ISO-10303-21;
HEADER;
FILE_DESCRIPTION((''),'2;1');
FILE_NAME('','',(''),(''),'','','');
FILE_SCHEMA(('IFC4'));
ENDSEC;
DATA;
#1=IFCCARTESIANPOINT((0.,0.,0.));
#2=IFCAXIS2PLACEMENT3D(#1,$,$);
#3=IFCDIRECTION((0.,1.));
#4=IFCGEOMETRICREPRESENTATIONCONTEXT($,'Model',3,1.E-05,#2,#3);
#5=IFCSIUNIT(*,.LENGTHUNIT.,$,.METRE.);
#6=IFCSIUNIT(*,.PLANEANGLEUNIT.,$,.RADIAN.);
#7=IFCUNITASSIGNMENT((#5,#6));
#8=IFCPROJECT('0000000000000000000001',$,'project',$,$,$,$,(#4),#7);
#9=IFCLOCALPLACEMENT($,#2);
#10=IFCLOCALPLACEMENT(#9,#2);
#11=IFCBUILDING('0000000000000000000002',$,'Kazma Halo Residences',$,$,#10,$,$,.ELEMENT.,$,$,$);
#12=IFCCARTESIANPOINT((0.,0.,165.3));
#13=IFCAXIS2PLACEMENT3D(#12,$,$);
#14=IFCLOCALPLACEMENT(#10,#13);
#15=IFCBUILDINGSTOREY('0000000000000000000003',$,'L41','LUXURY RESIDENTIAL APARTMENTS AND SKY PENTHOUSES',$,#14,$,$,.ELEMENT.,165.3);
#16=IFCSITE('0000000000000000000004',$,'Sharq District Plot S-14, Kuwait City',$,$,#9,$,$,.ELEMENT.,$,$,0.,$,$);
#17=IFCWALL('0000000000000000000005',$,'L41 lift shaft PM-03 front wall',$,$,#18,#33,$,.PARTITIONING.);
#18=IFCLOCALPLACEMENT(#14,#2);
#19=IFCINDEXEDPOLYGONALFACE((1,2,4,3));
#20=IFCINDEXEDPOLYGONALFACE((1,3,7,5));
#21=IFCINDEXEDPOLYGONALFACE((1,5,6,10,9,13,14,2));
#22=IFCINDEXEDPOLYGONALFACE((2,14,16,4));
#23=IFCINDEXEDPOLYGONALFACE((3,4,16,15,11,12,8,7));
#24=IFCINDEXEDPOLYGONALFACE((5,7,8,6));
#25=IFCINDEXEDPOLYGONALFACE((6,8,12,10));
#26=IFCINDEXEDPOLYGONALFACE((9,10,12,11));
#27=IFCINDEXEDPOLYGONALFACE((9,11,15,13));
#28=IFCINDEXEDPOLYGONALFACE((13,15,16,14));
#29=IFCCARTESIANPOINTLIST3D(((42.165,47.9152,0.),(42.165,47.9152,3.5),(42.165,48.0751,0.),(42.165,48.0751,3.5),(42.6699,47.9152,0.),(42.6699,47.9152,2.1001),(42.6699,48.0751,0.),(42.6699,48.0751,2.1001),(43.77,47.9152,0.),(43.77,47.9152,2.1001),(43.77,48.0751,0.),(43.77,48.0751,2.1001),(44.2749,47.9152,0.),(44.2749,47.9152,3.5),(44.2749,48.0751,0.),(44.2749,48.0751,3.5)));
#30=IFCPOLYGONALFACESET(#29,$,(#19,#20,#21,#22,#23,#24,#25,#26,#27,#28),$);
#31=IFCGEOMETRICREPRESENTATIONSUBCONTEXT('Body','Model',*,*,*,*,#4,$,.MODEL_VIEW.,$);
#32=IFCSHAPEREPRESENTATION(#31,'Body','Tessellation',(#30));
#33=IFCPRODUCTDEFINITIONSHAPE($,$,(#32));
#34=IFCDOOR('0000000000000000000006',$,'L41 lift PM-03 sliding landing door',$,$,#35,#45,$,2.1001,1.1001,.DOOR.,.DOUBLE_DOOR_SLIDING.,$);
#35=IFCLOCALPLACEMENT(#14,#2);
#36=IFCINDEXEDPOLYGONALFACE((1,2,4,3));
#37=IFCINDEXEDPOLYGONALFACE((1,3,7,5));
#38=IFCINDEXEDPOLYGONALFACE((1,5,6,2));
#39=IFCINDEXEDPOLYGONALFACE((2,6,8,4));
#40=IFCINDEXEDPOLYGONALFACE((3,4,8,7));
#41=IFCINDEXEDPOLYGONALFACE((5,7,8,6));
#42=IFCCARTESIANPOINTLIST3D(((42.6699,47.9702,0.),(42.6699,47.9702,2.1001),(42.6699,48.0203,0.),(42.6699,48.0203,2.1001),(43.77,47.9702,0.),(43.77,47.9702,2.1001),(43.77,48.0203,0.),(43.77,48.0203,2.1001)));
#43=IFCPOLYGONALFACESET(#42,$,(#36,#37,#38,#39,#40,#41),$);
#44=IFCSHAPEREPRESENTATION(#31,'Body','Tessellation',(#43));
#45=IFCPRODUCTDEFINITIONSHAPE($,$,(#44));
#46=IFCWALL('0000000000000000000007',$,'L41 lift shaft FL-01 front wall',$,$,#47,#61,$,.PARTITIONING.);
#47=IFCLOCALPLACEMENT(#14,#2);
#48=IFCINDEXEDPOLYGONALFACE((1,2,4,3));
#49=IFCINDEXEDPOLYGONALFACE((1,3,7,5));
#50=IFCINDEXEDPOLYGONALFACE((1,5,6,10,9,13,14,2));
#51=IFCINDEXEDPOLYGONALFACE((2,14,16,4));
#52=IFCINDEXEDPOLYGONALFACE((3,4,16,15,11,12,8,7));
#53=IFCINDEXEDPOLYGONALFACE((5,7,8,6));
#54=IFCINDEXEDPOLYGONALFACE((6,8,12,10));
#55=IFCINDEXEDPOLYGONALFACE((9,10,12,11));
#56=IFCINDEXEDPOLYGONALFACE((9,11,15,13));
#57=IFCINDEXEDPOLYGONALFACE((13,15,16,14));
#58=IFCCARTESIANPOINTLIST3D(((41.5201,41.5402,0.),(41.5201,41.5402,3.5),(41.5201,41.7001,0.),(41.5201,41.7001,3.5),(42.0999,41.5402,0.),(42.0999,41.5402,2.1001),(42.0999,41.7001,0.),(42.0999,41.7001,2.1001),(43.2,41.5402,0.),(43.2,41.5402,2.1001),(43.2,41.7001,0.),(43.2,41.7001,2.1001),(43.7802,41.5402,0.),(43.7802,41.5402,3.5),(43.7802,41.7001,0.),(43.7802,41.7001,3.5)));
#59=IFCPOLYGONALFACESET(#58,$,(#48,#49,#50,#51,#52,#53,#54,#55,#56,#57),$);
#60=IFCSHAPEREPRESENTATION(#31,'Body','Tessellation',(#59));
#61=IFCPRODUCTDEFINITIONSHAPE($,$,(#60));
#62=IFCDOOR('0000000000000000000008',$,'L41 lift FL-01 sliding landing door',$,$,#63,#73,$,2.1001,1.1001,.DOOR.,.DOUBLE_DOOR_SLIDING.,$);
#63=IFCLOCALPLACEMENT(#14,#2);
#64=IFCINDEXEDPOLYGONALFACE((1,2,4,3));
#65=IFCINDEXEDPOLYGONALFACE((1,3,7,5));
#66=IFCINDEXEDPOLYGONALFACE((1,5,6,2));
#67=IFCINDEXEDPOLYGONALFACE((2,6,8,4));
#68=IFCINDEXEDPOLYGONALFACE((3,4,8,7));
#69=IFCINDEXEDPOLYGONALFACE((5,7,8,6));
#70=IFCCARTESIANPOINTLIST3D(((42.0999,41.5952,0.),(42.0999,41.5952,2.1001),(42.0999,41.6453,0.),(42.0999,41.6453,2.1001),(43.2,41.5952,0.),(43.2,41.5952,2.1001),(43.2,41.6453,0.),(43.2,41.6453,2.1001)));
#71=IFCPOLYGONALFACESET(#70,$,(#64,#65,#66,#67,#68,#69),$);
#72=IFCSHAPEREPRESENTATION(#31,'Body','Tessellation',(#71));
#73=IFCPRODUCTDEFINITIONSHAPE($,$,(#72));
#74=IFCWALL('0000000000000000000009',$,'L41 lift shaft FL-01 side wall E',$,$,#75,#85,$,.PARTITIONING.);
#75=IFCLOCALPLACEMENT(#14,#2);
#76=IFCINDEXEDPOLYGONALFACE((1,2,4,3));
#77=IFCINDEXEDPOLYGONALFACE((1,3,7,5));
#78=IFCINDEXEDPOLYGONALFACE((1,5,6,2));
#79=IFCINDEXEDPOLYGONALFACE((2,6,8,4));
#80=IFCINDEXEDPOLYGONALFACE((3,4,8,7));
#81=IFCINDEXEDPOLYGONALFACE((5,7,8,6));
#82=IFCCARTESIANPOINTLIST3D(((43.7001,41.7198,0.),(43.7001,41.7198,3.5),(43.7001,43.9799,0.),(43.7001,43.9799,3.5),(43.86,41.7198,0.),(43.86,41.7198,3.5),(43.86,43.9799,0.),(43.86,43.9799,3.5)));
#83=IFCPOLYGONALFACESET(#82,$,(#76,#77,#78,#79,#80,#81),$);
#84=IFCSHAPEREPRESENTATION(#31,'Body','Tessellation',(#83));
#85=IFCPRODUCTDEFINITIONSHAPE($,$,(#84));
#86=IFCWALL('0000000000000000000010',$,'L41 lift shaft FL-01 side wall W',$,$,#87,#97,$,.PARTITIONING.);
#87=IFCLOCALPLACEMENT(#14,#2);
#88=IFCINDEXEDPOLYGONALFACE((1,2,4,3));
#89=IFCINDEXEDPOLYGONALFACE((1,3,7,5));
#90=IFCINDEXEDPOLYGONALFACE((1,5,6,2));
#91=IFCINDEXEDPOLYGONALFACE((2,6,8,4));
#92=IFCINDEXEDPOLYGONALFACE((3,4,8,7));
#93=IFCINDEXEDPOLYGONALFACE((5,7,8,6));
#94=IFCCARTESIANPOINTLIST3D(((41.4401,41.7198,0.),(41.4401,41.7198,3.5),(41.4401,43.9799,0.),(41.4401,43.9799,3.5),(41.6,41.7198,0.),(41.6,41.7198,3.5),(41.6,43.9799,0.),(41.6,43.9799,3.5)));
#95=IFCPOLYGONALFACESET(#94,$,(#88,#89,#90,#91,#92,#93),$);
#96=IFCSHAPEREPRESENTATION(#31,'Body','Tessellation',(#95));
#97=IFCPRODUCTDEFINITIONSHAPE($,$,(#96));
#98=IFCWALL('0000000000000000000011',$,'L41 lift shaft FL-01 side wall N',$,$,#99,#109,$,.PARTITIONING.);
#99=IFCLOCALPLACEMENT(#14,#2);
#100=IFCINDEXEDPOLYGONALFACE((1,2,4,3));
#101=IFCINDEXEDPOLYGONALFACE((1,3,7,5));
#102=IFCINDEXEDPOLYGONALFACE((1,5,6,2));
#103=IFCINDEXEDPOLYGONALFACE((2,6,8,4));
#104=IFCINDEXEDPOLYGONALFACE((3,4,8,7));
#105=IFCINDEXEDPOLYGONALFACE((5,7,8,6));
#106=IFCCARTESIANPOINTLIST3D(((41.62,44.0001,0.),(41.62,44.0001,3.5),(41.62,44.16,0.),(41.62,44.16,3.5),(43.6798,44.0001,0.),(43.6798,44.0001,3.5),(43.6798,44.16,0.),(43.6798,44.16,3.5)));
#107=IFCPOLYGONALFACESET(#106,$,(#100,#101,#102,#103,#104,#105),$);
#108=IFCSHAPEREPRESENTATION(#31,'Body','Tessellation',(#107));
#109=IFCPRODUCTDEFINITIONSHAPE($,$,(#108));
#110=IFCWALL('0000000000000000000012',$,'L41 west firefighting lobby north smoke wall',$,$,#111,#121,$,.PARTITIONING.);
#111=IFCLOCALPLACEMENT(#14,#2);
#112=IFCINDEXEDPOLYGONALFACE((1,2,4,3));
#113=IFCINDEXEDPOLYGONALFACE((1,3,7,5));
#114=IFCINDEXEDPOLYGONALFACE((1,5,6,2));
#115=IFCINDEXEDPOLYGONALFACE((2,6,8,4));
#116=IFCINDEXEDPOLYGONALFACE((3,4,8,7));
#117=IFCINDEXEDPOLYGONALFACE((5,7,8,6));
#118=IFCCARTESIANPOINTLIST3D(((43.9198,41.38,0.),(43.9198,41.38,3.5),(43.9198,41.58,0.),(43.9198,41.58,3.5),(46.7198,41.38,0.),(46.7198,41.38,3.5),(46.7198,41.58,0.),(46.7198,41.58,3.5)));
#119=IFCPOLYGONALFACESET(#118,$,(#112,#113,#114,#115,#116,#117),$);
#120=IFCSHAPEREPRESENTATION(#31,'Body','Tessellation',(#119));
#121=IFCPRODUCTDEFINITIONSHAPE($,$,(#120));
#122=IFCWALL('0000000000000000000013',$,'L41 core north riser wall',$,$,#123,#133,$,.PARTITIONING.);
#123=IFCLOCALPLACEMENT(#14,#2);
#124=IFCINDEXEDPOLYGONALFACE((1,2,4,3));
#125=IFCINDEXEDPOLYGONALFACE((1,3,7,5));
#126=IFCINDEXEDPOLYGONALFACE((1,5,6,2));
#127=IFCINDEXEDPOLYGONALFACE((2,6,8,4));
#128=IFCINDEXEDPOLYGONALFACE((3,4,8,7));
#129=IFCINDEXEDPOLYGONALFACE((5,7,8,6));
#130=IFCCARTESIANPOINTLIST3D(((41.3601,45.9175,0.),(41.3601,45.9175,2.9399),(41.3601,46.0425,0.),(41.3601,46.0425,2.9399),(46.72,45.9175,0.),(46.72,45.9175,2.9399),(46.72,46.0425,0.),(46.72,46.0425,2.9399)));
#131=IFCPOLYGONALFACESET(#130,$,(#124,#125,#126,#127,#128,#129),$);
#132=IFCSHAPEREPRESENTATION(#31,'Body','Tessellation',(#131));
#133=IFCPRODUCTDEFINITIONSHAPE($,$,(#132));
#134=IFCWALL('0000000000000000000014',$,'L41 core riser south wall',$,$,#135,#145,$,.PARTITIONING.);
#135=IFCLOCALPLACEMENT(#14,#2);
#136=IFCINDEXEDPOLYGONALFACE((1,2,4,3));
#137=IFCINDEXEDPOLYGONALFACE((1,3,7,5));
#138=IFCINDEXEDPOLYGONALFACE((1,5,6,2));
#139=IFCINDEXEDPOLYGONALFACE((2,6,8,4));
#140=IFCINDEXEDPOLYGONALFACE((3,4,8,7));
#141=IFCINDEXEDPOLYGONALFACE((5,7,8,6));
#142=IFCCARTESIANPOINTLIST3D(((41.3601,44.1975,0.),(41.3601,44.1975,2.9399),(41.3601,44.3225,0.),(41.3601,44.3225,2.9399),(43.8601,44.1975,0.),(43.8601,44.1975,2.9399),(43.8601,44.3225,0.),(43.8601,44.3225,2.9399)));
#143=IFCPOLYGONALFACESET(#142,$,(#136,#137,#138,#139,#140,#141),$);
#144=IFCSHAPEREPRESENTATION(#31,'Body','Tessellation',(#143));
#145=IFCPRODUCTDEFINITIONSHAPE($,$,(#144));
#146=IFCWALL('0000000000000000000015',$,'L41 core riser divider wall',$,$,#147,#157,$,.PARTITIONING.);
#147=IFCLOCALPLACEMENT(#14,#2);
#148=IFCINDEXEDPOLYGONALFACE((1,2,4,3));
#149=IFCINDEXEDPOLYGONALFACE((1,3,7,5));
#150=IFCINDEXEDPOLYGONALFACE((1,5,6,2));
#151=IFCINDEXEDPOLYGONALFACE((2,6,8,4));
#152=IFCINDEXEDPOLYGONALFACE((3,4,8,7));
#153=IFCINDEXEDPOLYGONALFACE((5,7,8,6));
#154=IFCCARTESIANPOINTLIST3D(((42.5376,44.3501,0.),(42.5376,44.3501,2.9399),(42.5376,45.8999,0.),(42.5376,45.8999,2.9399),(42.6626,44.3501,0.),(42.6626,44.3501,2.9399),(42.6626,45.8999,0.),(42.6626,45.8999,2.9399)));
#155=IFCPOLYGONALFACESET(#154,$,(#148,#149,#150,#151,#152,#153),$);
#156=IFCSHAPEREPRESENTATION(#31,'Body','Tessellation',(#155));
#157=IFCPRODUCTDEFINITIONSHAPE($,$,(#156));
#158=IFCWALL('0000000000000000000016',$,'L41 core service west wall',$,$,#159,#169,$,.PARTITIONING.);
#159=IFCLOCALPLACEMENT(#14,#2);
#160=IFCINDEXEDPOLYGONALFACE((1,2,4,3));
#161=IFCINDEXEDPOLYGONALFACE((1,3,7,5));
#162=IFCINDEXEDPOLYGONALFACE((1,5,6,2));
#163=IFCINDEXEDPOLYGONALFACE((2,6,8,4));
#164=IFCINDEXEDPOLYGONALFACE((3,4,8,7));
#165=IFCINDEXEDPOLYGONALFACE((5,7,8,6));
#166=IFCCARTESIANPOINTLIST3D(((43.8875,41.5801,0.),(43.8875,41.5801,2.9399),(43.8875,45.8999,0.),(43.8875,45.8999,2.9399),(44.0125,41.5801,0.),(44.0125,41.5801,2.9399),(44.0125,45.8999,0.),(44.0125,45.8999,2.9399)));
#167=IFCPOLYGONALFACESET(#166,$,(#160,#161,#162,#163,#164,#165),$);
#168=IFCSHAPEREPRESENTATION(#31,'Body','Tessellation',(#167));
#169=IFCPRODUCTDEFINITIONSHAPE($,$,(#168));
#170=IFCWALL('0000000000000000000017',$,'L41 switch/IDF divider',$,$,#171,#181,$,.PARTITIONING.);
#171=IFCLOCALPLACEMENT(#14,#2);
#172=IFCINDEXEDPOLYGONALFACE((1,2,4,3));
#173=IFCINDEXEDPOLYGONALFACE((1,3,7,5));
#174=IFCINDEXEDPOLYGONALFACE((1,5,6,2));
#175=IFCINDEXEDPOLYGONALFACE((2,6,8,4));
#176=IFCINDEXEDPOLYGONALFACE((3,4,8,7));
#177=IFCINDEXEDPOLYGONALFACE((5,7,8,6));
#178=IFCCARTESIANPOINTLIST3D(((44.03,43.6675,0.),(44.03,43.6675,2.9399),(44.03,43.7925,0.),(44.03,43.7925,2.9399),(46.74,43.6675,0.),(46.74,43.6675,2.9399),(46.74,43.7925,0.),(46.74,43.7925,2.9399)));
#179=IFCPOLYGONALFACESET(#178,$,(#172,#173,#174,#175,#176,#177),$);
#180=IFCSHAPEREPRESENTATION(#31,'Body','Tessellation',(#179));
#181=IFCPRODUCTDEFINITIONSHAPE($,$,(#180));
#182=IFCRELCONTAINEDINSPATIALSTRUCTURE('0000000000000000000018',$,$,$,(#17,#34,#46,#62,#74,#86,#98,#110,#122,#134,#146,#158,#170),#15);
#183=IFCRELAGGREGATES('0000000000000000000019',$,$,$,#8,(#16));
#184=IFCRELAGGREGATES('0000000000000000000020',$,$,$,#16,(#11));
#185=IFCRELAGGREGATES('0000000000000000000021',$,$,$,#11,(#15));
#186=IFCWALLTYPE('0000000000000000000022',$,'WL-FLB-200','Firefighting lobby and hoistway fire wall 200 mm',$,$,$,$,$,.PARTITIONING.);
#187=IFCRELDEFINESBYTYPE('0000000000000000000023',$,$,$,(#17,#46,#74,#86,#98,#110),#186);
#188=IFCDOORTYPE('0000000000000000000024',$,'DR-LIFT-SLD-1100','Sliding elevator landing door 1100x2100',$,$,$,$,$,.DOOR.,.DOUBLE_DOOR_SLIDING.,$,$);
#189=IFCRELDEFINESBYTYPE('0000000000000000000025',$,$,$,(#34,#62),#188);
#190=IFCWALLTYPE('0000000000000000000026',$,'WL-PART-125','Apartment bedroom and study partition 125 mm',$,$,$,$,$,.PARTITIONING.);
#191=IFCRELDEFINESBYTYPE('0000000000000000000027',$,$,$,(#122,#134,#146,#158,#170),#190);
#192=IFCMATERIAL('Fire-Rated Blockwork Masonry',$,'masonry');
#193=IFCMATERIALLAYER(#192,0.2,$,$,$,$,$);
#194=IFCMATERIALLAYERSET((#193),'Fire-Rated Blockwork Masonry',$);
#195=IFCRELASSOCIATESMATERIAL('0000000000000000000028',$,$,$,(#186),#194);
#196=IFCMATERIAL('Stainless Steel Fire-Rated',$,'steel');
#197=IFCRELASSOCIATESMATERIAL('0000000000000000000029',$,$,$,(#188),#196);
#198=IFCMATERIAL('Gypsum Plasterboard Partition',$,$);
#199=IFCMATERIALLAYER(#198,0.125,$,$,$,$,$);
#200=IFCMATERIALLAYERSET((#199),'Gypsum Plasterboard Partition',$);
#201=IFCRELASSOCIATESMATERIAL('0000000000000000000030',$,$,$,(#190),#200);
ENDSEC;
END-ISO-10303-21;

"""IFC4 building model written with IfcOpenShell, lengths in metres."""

from ifc_helpers import new_model, si_unit, direction, frame, frame_2d, origin, place, context, subcontext, project, spatial, rectangle, extrude, material, layer, layer_set, type_object, element, fill, save


model = new_model("IFC4")

# Units and contexts
model_context = context("Model", 3, precision=1e-05, world=origin(), true_north=direction((0.0, 1.0)))
body_context = subcontext(model_context, "Body", "Model", "MODEL_VIEW")
ifc_project = project(units=[si_unit("LENGTHUNIT", "METRE"), si_unit("PLANEANGLEUNIT", "RADIAN")], contexts=[model_context])

# Site, building, storey
site_placement = place(None, origin())
site = spatial("IfcSite", under=ifc_project, at=site_placement, Name="Sharq District Plot S-14, Kuwait City", CompositionType="ELEMENT", RefElevation=0.0)
building_placement = place(site_placement, origin())
building = spatial("IfcBuilding", under=site, at=building_placement, Name="Kazma Halo Residences", CompositionType="ELEMENT")
storey_placement = place(building_placement, frame((0.0, 0.0, 165.3)))
storey = spatial("IfcBuildingStorey", under=building, at=storey_placement, Name="L41", Description="LUXURY RESIDENTIAL APARTMENTS AND SKY PENTHOUSES", CompositionType="ELEMENT", Elevation=165.3)

# Shared definitions
ifc_material_1 = material(Name="Fire-Rated Blockwork Masonry", Category="masonry")
ifc_layer_1 = layer(ifc_material_1, 0.2)
ifc_layer_set_1 = layer_set([ifc_layer_1], Name="Fire-Rated Blockwork Masonry")
wall_type_1 = type_object("IfcWallType", Name="WL-FLB-200", Description="Firefighting lobby and hoistway fire wall 200 mm", PredefinedType="PARTITIONING", material=ifc_layer_set_1)
ifc_material_2 = material(Name="Stainless Steel Fire-Rated", Category="steel")
door_type = type_object("IfcDoorType", Name="DR-LIFT-SLD-1100", Description="Sliding elevator landing door 1100x2100", OperationType="DOUBLE_DOOR_SLIDING", PredefinedType="DOOR", material=ifc_material_2)

# Walls, openings, doors
wall_1_placement = place(storey_placement, frame((44.2749, 47.9951, 0.0), z_axis=(0.0, 0.0, 1.0), x_axis=(-1.0, 0.0, 0.0)))
wall_1 = element("IfcWall", 1, at=wall_1_placement, inside=storey, type_object=wall_type_1, Name="L41 lift shaft PM-03 front wall", PredefinedType="PARTITIONING", context=body_context, shape_type="SweptSolid", body=[
    extrude(rectangle(XDim=2.1099, YDim=0.1599, at=frame_2d((1.0549, 0.0))), origin(), (0.0, 0.0, 1.0), 3.5),
])
opening_1_placement = place(wall_1_placement, frame((0.5049, 0.0, 0.0)))
opening_1 = element("IfcOpeningElement", 2, at=opening_1_placement, cuts=wall_1, PredefinedType="OPENING", context=body_context, shape_type="SweptSolid", body=[
    extrude(rectangle(XDim=1.1001, YDim=2.1001, at=frame_2d((0.55, 1.05))), frame((0.0, 0.0898, 0.0), z_axis=(0.0, -1.0, 0.0), x_axis=(1.0, 0.0, 0.0)), (0.0, 0.0, 1.0), 0.1799),
])
door_1_placement = place(opening_1_placement, origin())
door_1 = element("IfcDoor", 3, at=door_1_placement, inside=storey, type_object=door_type, Name="L41 lift PM-03 sliding landing door", OperationType="DOUBLE_DOOR_SLIDING", OverallHeight=2.1001, OverallWidth=1.1001, PredefinedType="DOOR", context=body_context, shape_type="SweptSolid", body=[
    extrude(rectangle(XDim=1.1001, YDim=2.1001, at=frame_2d((0.55, 1.05))), frame((0.0, 0.0249, 0.0), z_axis=(0.0, -1.0, 0.0), x_axis=(1.0, 0.0, 0.0)), (0.0, 0.0, 1.0), 0.05),
])
fill(opening_1, door_1)
wall_2_placement = place(storey_placement, frame((43.78, 41.6201, 0.0), z_axis=(0.0, 0.0, 1.0), x_axis=(-1.0, 0.0, 0.0)))
wall_2 = element("IfcWall", 4, at=wall_2_placement, inside=storey, type_object=wall_type_1, Name="L41 lift shaft FL-01 front wall", PredefinedType="PARTITIONING", context=body_context, shape_type="SweptSolid", body=[
    extrude(rectangle(XDim=2.26, YDim=0.1599, at=frame_2d((1.1299, 0.0))), origin(), (0.0, 0.0, 1.0), 3.5),
])
opening_2_placement = place(wall_2_placement, frame((0.5801, 0.0, 0.0)))
opening_2 = element("IfcOpeningElement", 5, at=opening_2_placement, cuts=wall_2, PredefinedType="OPENING", context=body_context, shape_type="SweptSolid", body=[
    extrude(rectangle(XDim=1.1001, YDim=2.1001, at=frame_2d((0.55, 1.05))), frame((0.0, 0.0898, 0.0), z_axis=(0.0, -1.0, 0.0), x_axis=(1.0, 0.0, 0.0)), (0.0, 0.0, 1.0), 0.1799),
])
door_2_placement = place(opening_2_placement, origin())
door_2 = element("IfcDoor", 6, at=door_2_placement, inside=storey, type_object=door_type, Name="L41 lift FL-01 sliding landing door", OperationType="DOUBLE_DOOR_SLIDING", OverallHeight=2.1001, OverallWidth=1.1001, PredefinedType="DOOR", context=body_context, shape_type="SweptSolid", body=[
    extrude(rectangle(XDim=1.1001, YDim=2.1001, at=frame_2d((0.55, 1.05))), frame((0.0, 0.0249, 0.0), z_axis=(0.0, -1.0, 0.0), x_axis=(1.0, 0.0, 0.0)), (0.0, 0.0, 1.0), 0.05),
])
fill(opening_2, door_2)

# Walls
for number, where, z_axis, x_axis, name in (
    (7, (43.78, 41.72, 0.0), (0.0, 0.0, 1.0), (0.0, 1.0, 0.0), "L41 lift shaft FL-01 side wall E"),
    (8, (41.52, 41.72, 0.0), (0.0, 0.0, 1.0), (0.0, 1.0, 0.0), "L41 lift shaft FL-01 side wall W"),
):
    element("IfcWall", number, at=place(storey_placement, frame(where, z_axis=z_axis, x_axis=x_axis)), inside=storey, type_object=wall_type_1, Name=name, PredefinedType="PARTITIONING", context=body_context, shape_type="SweptSolid", body=[
        extrude(rectangle(XDim=2.26, YDim=0.1599, at=frame_2d((1.1299, 0.0))), origin(), (0.0, 0.0, 1.0), 3.5),
    ])
wall_3_placement = place(storey_placement, frame((41.6201, 44.0801, 0.0), z_axis=(0.0, 0.0, 1.0), x_axis=(1.0, 0.0, 0.0)))
element("IfcWall", 9, at=wall_3_placement, inside=storey, type_object=wall_type_1, Name="L41 lift shaft FL-01 side wall N", PredefinedType="PARTITIONING", context=body_context, shape_type="SweptSolid", body=[
    extrude(rectangle(XDim=2.0598, YDim=0.1599, at=frame_2d((1.0298, 0.0))), origin(), (0.0, 0.0, 1.0), 3.5),
])
wall_4_placement = place(storey_placement, frame((43.9199, 41.48, 0.0), z_axis=(0.0, 0.0, 1.0), x_axis=(1.0, 0.0, 0.0)))
element("IfcWall", 10, at=wall_4_placement, inside=storey, type_object=wall_type_1, Name="L41 west firefighting lobby north smoke wall", PredefinedType="PARTITIONING", context=body_context, shape_type="SweptSolid", body=[
    extrude(rectangle(XDim=2.8, YDim=0.2, at=frame_2d((1.3999, 0.0))), origin(), (0.0, 0.0, 1.0), 3.5),
])
ifc_material_3 = material(Name="Gypsum Plasterboard Partition")
ifc_layer_2 = layer(ifc_material_3, 0.125)
ifc_layer_set_2 = layer_set([ifc_layer_2], Name="Gypsum Plasterboard Partition")
wall_type_2 = type_object("IfcWallType", Name="WL-PART-125", Description="Apartment bedroom and study partition 125 mm", PredefinedType="PARTITIONING", material=ifc_layer_set_2)
wall_5_placement = place(storey_placement, frame((41.3601, 45.98, 0.0), z_axis=(0.0, 0.0, 1.0), x_axis=(1.0, 0.0, 0.0)))
element("IfcWall", 11, at=wall_5_placement, inside=storey, type_object=wall_type_2, Name="L41 core north riser wall", PredefinedType="PARTITIONING", context=body_context, shape_type="SweptSolid", body=[
    extrude(rectangle(XDim=5.3599, YDim=0.125, at=frame_2d((2.6799, 0.0))), origin(), (0.0, 0.0, 1.0), 2.9399),
])
wall_6_placement = place(storey_placement, frame((41.3601, 44.26, 0.0), z_axis=(0.0, 0.0, 1.0), x_axis=(1.0, 0.0, 0.0)))
element("IfcWall", 12, at=wall_6_placement, inside=storey, type_object=wall_type_2, Name="L41 core riser south wall", PredefinedType="PARTITIONING", context=body_context, shape_type="SweptSolid", body=[
    extrude(rectangle(XDim=2.5, YDim=0.125, at=frame_2d((1.25, 0.0))), origin(), (0.0, 0.0, 1.0), 2.9399),
])
wall_7_placement = place(storey_placement, frame((42.6001, 44.3501, 0.0), z_axis=(0.0, 0.0, 1.0), x_axis=(0.0, 1.0, 0.0)))
element("IfcWall", 13, at=wall_7_placement, inside=storey, type_object=wall_type_2, Name="L41 core riser divider wall", PredefinedType="PARTITIONING", context=body_context, shape_type="SweptSolid", body=[
    extrude(rectangle(XDim=1.5498, YDim=0.125, at=frame_2d((0.7749, 0.0))), origin(), (0.0, 0.0, 1.0), 2.9399),
])
wall_8_placement = place(storey_placement, frame((43.95, 41.5801, 0.0), z_axis=(0.0, 0.0, 1.0), x_axis=(0.0, 1.0, 0.0)))
element("IfcWall", 14, at=wall_8_placement, inside=storey, type_object=wall_type_2, Name="L41 core service west wall", PredefinedType="PARTITIONING", context=body_context, shape_type="SweptSolid", body=[
    extrude(rectangle(XDim=4.3198, YDim=0.125, at=frame_2d((2.1599, 0.0))), origin(), (0.0, 0.0, 1.0), 2.9399),
])
wall_9_placement = place(storey_placement, frame((44.03, 43.73, 0.0), z_axis=(0.0, 0.0, 1.0), x_axis=(1.0, 0.0, 0.0)))
element("IfcWall", 15, at=wall_9_placement, inside=storey, type_object=wall_type_2, Name="L41 switch/IDF divider", PredefinedType="PARTITIONING", context=body_context, shape_type="SweptSolid", body=[
    extrude(rectangle(XDim=2.71, YDim=0.125, at=frame_2d((1.355, 0.0))), origin(), (0.0, 0.0, 1.0), 2.9399),
])

save(model, "model.ifc")
